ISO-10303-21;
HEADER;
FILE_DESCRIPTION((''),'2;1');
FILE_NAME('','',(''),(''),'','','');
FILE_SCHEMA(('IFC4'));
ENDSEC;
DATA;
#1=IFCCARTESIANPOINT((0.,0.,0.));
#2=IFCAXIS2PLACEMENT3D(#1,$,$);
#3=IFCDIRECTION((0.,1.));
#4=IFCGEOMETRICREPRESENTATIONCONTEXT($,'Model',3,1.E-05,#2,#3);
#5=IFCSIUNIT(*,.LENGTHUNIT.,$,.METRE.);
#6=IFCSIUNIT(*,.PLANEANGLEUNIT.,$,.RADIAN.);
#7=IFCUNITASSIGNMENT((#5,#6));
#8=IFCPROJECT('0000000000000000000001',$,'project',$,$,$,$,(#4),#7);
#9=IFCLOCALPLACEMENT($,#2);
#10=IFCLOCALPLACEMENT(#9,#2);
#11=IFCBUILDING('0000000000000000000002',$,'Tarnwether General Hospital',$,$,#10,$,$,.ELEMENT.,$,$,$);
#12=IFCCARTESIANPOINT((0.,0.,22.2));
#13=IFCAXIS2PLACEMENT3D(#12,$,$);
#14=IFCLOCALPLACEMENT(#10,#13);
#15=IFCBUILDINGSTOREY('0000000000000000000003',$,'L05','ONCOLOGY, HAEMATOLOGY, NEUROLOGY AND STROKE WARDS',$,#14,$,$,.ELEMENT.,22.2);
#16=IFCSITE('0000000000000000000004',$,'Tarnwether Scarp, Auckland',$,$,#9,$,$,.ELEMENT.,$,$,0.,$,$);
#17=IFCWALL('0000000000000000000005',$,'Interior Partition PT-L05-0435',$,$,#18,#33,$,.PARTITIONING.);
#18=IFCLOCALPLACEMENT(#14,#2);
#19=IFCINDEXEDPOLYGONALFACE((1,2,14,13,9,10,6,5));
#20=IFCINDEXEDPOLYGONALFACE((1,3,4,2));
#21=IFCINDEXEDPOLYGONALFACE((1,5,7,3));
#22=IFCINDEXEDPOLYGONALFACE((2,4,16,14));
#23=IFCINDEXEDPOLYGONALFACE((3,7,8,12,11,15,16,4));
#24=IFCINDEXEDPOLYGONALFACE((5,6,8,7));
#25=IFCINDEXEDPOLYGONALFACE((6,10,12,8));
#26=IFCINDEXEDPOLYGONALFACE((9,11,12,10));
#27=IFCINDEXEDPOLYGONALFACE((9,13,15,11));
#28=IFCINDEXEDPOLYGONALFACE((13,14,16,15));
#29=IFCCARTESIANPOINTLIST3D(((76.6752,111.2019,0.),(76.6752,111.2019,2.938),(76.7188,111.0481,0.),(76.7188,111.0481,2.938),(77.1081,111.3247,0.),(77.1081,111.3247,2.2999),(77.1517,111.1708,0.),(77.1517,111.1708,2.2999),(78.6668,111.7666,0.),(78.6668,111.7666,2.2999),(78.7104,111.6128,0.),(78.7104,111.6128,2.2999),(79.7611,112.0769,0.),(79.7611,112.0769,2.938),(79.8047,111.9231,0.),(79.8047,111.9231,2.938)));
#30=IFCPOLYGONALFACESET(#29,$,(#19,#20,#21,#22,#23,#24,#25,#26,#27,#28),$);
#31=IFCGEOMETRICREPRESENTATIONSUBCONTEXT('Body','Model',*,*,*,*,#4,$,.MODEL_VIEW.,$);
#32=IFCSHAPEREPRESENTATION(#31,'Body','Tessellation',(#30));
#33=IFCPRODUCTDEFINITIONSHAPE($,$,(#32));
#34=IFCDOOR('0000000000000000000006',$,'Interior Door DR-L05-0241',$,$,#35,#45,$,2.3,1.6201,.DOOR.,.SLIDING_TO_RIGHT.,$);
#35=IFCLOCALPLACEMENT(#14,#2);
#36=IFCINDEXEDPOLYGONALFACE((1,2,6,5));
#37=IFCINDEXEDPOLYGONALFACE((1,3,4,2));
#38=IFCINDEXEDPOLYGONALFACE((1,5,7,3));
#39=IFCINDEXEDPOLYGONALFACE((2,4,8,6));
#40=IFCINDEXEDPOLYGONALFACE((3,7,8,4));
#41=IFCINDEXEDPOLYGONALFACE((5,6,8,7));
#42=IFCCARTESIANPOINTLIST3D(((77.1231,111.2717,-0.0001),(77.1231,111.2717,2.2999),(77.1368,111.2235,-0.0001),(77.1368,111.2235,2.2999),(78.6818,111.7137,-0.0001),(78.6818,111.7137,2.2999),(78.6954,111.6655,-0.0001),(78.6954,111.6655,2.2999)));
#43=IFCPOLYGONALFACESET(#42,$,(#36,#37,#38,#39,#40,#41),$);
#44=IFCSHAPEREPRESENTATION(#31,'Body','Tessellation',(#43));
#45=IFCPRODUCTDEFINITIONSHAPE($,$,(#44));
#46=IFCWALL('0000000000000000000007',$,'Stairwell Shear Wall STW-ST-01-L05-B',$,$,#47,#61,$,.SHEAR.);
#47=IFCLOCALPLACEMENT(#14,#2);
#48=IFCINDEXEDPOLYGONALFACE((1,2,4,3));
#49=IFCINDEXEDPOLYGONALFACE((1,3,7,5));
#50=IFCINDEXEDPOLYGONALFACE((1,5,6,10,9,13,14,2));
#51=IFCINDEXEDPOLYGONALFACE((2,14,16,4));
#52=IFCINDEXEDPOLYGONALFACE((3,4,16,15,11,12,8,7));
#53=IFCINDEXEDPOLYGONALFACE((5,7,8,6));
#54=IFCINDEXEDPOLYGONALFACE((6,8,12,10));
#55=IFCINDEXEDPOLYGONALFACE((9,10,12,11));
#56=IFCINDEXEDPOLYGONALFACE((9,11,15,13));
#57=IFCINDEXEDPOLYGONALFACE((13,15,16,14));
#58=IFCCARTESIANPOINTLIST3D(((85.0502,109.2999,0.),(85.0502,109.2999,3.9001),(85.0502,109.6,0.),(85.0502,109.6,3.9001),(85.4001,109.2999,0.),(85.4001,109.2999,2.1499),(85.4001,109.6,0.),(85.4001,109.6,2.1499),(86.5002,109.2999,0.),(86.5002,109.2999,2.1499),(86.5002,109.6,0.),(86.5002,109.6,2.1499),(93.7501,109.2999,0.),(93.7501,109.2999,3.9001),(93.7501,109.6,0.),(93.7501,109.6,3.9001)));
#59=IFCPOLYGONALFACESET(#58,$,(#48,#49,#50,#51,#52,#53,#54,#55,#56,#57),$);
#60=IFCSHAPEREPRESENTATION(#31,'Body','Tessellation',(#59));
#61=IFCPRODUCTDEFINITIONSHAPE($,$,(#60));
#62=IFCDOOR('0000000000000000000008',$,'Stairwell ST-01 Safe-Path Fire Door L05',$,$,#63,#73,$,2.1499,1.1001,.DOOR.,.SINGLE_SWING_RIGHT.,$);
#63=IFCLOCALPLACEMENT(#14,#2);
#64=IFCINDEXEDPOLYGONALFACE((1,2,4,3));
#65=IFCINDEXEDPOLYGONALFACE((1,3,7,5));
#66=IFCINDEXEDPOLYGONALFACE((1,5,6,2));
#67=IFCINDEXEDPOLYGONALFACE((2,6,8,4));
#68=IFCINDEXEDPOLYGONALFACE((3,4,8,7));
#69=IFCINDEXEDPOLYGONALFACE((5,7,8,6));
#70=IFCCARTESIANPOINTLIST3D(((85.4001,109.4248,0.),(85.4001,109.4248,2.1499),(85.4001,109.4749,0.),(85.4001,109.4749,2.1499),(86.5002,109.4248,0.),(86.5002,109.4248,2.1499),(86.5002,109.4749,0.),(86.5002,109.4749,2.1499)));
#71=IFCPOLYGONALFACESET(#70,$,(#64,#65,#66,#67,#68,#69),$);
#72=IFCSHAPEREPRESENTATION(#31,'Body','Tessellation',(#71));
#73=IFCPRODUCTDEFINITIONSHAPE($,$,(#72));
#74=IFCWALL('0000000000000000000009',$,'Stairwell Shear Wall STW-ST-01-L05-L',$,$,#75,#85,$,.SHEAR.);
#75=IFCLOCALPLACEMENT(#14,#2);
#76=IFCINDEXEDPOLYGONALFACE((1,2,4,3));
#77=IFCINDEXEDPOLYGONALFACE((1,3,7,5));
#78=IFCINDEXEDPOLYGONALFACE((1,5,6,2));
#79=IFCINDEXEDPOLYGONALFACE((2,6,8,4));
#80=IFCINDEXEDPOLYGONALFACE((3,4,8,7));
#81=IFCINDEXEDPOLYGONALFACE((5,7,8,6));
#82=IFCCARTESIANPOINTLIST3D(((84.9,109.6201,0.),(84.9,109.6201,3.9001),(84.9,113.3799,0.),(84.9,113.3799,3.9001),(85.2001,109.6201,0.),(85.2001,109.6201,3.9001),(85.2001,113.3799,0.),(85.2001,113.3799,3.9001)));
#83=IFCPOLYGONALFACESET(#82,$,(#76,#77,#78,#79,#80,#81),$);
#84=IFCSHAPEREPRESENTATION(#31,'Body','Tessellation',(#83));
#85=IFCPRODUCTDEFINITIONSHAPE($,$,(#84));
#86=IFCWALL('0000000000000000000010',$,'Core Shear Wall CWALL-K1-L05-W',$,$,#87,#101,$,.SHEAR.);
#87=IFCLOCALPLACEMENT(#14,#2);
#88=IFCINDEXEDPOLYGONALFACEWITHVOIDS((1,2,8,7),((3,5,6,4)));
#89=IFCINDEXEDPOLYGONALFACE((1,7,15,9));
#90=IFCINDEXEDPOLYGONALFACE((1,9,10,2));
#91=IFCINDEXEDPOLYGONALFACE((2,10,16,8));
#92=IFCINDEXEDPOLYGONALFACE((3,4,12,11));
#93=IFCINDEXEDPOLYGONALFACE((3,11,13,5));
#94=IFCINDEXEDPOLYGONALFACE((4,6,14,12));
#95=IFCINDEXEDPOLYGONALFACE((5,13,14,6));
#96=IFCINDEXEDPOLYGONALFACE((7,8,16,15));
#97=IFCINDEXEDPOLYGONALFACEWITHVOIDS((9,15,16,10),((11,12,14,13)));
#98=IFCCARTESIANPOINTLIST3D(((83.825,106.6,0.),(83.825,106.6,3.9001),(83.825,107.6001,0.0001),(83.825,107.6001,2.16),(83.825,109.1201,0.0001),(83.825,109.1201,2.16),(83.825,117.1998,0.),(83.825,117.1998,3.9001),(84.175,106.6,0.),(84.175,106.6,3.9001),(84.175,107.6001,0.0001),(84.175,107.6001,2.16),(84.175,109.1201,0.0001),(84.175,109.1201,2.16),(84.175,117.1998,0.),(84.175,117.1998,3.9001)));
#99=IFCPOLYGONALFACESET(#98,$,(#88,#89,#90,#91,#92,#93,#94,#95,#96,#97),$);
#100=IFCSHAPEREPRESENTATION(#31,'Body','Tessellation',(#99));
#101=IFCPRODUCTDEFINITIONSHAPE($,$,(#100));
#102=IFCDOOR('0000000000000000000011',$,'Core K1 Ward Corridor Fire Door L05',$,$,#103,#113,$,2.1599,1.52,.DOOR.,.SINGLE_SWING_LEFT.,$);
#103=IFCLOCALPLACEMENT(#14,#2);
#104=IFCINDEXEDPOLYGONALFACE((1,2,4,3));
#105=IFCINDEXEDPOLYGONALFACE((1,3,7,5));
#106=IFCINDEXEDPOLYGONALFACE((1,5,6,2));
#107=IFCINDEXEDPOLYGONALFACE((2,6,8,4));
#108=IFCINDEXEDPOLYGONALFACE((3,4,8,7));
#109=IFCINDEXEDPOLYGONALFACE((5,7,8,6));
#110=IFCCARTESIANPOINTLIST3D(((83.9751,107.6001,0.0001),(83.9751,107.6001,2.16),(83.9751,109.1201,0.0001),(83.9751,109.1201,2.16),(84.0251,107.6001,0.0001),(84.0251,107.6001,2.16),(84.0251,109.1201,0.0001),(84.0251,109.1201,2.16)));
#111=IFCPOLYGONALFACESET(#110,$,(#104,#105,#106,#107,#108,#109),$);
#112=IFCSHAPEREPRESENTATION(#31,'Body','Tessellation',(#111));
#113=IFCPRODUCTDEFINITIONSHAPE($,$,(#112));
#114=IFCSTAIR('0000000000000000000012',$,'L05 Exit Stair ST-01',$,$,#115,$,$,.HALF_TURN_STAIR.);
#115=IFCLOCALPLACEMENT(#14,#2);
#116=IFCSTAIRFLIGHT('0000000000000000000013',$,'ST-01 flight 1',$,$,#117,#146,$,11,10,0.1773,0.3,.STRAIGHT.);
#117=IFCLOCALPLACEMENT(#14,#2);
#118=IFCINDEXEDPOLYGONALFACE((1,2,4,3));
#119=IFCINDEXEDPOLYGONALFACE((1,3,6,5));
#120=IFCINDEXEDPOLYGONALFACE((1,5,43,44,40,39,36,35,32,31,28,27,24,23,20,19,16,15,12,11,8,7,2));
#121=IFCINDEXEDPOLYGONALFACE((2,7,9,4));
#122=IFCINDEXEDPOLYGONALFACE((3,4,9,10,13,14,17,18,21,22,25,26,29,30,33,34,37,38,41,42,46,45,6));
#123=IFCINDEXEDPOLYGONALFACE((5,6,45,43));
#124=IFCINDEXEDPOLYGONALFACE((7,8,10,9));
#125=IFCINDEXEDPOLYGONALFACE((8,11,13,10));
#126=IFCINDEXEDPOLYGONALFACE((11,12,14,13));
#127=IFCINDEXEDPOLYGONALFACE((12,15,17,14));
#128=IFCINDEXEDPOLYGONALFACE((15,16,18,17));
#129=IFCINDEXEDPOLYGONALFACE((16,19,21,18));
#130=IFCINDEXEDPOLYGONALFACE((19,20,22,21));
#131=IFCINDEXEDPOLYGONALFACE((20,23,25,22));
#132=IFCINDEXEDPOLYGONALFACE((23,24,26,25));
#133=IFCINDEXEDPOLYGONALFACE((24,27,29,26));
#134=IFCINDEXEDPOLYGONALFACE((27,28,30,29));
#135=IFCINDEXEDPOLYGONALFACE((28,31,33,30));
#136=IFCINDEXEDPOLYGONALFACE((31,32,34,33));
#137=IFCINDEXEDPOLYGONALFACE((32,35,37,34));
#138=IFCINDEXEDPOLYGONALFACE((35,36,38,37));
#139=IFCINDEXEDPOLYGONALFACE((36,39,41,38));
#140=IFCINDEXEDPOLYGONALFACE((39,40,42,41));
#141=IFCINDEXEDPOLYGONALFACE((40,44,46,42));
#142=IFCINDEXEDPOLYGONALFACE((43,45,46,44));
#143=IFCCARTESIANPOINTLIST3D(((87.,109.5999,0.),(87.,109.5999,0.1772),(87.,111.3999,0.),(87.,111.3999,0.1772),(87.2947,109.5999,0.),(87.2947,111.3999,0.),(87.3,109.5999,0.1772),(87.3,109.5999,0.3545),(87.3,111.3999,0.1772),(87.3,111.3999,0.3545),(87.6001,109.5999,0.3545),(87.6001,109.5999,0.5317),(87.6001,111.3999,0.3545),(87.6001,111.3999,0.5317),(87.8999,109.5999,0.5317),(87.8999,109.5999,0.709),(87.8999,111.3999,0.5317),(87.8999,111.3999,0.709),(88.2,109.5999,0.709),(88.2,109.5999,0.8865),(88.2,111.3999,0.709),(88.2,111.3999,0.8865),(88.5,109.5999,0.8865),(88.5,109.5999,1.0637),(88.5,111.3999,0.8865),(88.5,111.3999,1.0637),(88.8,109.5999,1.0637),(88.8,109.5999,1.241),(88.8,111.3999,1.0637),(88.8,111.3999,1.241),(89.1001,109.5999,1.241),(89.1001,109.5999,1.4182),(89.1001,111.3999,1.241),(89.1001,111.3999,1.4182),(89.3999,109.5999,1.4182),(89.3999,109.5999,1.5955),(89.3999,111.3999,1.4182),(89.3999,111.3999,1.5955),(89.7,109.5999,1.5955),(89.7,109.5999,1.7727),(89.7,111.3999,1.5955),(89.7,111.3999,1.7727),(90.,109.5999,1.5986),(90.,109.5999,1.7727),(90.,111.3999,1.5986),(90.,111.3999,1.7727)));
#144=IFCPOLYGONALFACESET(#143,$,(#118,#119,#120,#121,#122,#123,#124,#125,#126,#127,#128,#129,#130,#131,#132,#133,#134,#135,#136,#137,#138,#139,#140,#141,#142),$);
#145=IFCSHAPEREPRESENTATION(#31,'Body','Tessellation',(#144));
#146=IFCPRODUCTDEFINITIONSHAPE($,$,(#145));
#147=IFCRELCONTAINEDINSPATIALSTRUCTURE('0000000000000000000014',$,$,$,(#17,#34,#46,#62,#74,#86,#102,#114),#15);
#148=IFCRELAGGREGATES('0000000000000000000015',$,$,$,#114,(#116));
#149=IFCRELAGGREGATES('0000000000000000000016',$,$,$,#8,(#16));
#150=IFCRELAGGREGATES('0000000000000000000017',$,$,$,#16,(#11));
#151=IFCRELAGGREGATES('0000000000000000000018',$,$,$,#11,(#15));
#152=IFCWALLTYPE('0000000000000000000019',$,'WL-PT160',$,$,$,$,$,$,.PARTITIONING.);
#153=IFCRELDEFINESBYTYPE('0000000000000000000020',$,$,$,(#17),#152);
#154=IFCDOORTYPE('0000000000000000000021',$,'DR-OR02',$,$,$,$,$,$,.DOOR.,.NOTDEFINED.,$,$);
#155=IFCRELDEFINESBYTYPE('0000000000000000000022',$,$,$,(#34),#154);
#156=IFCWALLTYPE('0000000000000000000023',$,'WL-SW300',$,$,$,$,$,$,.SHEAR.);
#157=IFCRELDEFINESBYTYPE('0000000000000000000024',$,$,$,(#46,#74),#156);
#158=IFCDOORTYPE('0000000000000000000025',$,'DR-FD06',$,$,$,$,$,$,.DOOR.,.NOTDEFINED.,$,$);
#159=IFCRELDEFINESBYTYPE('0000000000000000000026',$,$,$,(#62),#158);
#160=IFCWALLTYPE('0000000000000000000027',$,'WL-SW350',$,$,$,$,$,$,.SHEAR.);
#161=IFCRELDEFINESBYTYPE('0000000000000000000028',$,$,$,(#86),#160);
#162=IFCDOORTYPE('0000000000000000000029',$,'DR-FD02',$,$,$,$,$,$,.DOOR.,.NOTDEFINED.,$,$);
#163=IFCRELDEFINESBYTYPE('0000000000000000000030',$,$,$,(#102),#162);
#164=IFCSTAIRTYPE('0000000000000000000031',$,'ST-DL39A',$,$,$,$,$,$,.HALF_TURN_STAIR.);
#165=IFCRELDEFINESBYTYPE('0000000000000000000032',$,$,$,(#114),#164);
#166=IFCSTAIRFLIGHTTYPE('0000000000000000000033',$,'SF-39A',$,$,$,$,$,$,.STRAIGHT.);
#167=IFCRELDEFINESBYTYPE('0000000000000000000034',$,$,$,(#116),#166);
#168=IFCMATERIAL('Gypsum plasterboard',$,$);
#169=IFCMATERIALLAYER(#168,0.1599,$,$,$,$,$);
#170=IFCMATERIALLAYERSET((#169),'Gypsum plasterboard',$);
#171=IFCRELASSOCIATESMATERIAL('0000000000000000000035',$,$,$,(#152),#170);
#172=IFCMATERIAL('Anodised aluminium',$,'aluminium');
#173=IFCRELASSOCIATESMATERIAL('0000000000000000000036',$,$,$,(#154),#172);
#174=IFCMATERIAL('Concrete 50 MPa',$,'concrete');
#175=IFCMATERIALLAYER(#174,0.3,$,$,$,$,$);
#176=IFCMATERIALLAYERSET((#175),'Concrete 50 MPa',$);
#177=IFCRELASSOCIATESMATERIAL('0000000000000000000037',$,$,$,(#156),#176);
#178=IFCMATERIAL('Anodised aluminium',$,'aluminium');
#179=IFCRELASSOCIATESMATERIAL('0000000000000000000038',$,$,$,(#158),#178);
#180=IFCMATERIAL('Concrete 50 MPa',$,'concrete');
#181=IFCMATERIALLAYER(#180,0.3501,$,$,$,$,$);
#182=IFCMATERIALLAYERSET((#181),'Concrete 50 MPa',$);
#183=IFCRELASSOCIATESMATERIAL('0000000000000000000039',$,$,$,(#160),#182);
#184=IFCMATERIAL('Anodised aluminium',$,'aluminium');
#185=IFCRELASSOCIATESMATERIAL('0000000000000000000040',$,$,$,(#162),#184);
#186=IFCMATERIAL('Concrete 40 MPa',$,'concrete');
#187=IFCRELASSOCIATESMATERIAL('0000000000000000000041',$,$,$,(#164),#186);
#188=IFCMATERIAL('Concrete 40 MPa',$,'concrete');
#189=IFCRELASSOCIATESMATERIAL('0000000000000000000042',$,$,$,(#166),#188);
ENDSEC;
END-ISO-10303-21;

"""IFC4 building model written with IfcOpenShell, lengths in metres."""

from ifc_helpers import new_model, si_unit, direction, frame, frame_2d, origin, place, context, subcontext, project, spatial, polyline, rectangle, outline, extrude, material, layer, layer_set, type_object, element, fill, aggregate, save


model = new_model("IFC4")

# Units and contexts
model_context = context("Model", 3, precision=1e-05, world=origin(), true_north=direction((0.0, 1.0)))
body_context = subcontext(model_context, "Body", "Model", "MODEL_VIEW")
ifc_project = project(units=[si_unit("LENGTHUNIT", "METRE"), si_unit("PLANEANGLEUNIT", "RADIAN")], contexts=[model_context])

# Site, building, storey
site_placement = place(None, origin())
site = spatial("IfcSite", under=ifc_project, at=site_placement, Name="Tarnwether Scarp, Auckland", CompositionType="ELEMENT", RefElevation=0.0)
building_placement = place(site_placement, origin())
building = spatial("IfcBuilding", under=site, at=building_placement, Name="Tarnwether General Hospital", CompositionType="ELEMENT")
storey_placement = place(building_placement, frame((0.0, 0.0, 22.2)))
storey = spatial("IfcBuildingStorey", under=building, at=storey_placement, Name="L05", Description="ONCOLOGY, HAEMATOLOGY, NEUROLOGY AND STROKE WARDS", CompositionType="ELEMENT", Elevation=22.2)

# Walls, openings, doors
ifc_material_1 = material(Name="Gypsum plasterboard")
ifc_layer_1 = layer(ifc_material_1, 0.1599)
ifc_layer_set_1 = layer_set([ifc_layer_1], Name="Gypsum plasterboard")
wall_type_1 = type_object("IfcWallType", Name="WL-PT160", PredefinedType="PARTITIONING", material=ifc_layer_set_1)
wall_1_placement = place(storey_placement, frame((76.697, 111.125, 0.0), z_axis=(0.0, 0.0, 1.0), x_axis=(0.962073, 0.27279, 0.0)))
wall_1 = element("IfcWall", 1, at=wall_1_placement, inside=storey, type_object=wall_type_1, Name="Interior Partition PT-L05-0435", PredefinedType="PARTITIONING", context=body_context, shape_type="SweptSolid", body=[
    extrude(rectangle(XDim=3.2075, YDim=0.1599, at=frame_2d((1.6038, 0.0))), origin(), (0.0, 0.0, 1.0), 2.938),
])
opening_1_placement = place(wall_1_placement, frame((0.45, 0.0, 0.0)))
opening_1 = element("IfcOpeningElement", 2, at=opening_1_placement, cuts=wall_1, PredefinedType="OPENING", context=body_context, shape_type="SweptSolid", body=[
    extrude(rectangle(XDim=1.6201, YDim=2.3, at=frame_2d((0.8101, 1.1499))), frame((0.0, 0.0898, 0.0), z_axis=(0.0, -1.0, 0.0), x_axis=(1.0, 0.0, 0.0)), (0.0, 0.0, 1.0), 0.1799),
])
ifc_material_2 = material(Name="Anodised aluminium", Category="aluminium")
door_type_1 = type_object("IfcDoorType", Name="DR-OR02", OperationType="NOTDEFINED", PredefinedType="DOOR", material=ifc_material_2)
door_1_placement = place(opening_1_placement, origin())
door_1 = element("IfcDoor", 3, at=door_1_placement, inside=storey, type_object=door_type_1, Name="Interior Door DR-L05-0241", OperationType="SLIDING_TO_RIGHT", OverallHeight=2.3, OverallWidth=1.6201, PredefinedType="DOOR", context=body_context, shape_type="SweptSolid", body=[
    extrude(rectangle(XDim=1.6201, YDim=2.3, at=frame_2d((0.8101, 1.1499))), frame((0.0, 0.0249, 0.0), z_axis=(0.0, -1.0, 0.0), x_axis=(1.0, 0.0, 0.0)), (0.0, 0.0, 1.0), 0.05),
])
fill(opening_1, door_1)
ifc_material_3 = material(Name="Concrete 50 MPa", Category="concrete")
ifc_layer_2 = layer(ifc_material_3, 0.3)
ifc_layer_set_2 = layer_set([ifc_layer_2], Name="Concrete 50 MPa")
wall_type_2 = type_object("IfcWallType", Name="WL-SW300", PredefinedType="SHEAR", material=ifc_layer_set_2)
wall_2_placement = place(storey_placement, frame((85.05, 109.45, 0.0), z_axis=(0.0, 0.0, 1.0), x_axis=(1.0, 0.0, 0.0)))
wall_2 = element("IfcWall", 4, at=wall_2_placement, inside=storey, type_object=wall_type_2, Name="Stairwell Shear Wall STW-ST-01-L05-B", PredefinedType="SHEAR", context=body_context, shape_type="SweptSolid", body=[
    extrude(rectangle(XDim=8.7, YDim=0.3, at=frame_2d((4.3501, 0.0))), origin(), (0.0, 0.0, 1.0), 3.9001),
])
opening_2_placement = place(wall_2_placement, frame((0.3501, 0.0, 0.0)))
opening_2 = element("IfcOpeningElement", 5, at=opening_2_placement, cuts=wall_2, PredefinedType="OPENING", context=body_context, shape_type="SweptSolid", body=[
    extrude(rectangle(XDim=1.1001, YDim=2.1499, at=frame_2d((0.55, 1.075))), frame((0.0, 0.1602, 0.0), z_axis=(0.0, -1.0, 0.0), x_axis=(1.0, 0.0, 0.0)), (0.0, 0.0, 1.0), 0.3201),
])
ifc_material_4 = material(Name="Anodised aluminium", Category="aluminium")
door_type_2 = type_object("IfcDoorType", Name="DR-FD06", OperationType="NOTDEFINED", PredefinedType="DOOR", material=ifc_material_4)
door_2_placement = place(opening_2_placement, origin())
door_2 = element("IfcDoor", 6, at=door_2_placement, inside=storey, type_object=door_type_2, Name="Stairwell ST-01 Safe-Path Fire Door L05", OperationType="SINGLE_SWING_RIGHT", OverallHeight=2.1499, OverallWidth=1.1001, PredefinedType="DOOR", context=body_context, shape_type="SweptSolid", body=[
    extrude(rectangle(XDim=1.1001, YDim=2.1499, at=frame_2d((0.55, 1.075))), frame((0.0, 0.0249, 0.0), z_axis=(0.0, -1.0, 0.0), x_axis=(1.0, 0.0, 0.0)), (0.0, 0.0, 1.0), 0.05),
])
fill(opening_2, door_2)

# Wall
wall_3_placement = place(storey_placement, frame((85.05, 109.6201, 0.0), z_axis=(0.0, 0.0, 1.0), x_axis=(0.0, 1.0, 0.0)))
element("IfcWall", 7, at=wall_3_placement, inside=storey, type_object=wall_type_2, Name="Stairwell Shear Wall STW-ST-01-L05-L", PredefinedType="SHEAR", context=body_context, shape_type="SweptSolid", body=[
    extrude(rectangle(XDim=3.7598, YDim=0.3, at=frame_2d((1.8799, 0.0))), origin(), (0.0, 0.0, 1.0), 3.9001),
])

# Wall, opening, door
ifc_material_5 = material(Name="Concrete 50 MPa", Category="concrete")
ifc_layer_3 = layer(ifc_material_5, 0.3501)
ifc_layer_set_3 = layer_set([ifc_layer_3], Name="Concrete 50 MPa")
wall_type_3 = type_object("IfcWallType", Name="WL-SW350", PredefinedType="SHEAR", material=ifc_layer_set_3)
wall_4_placement = place(storey_placement, frame((84.0, 106.6001, 0.0), z_axis=(0.0, 0.0, 1.0), x_axis=(0.0, 1.0, 0.0)))
wall_4 = element("IfcWall", 8, at=wall_4_placement, inside=storey, type_object=wall_type_3, Name="Core Shear Wall CWALL-K1-L05-W", PredefinedType="SHEAR", context=body_context, shape_type="SweptSolid", body=[
    extrude(rectangle(XDim=10.5999, YDim=0.3501, at=frame_2d((5.2998, 0.0))), origin(), (0.0, 0.0, 1.0), 3.9001),
])
opening_3_placement = place(wall_4_placement, frame((1.0, 0.0, 0.0)))
opening_3 = element("IfcOpeningElement", 9, at=opening_3_placement, cuts=wall_4, PredefinedType="OPENING", context=body_context, shape_type="SweptSolid", body=[
    extrude(rectangle(XDim=1.52, YDim=2.1599, at=frame_2d((0.76, 1.0801))), frame((0.0, 0.1851, 0.0), z_axis=(0.0, -1.0, 0.0), x_axis=(1.0, 0.0, 0.0)), (0.0, 0.0, 1.0), 0.3701),
])
ifc_material_6 = material(Name="Anodised aluminium", Category="aluminium")
door_type_3 = type_object("IfcDoorType", Name="DR-FD02", OperationType="NOTDEFINED", PredefinedType="DOOR", material=ifc_material_6)
door_3_placement = place(opening_3_placement, origin())
door_3 = element("IfcDoor", 10, at=door_3_placement, inside=storey, type_object=door_type_3, Name="Core K1 Ward Corridor Fire Door L05", OperationType="SINGLE_SWING_LEFT", OverallHeight=2.1599, OverallWidth=1.52, PredefinedType="DOOR", context=body_context, shape_type="SweptSolid", body=[
    extrude(rectangle(XDim=1.52, YDim=2.1599, at=frame_2d((0.76, 1.0801))), frame((0.0, 0.0249, 0.0), z_axis=(0.0, -1.0, 0.0), x_axis=(1.0, 0.0, 0.0)), (0.0, 0.0, 1.0), 0.05),
])
fill(opening_3, door_3)

# Stair, stair flight
ifc_material_7 = material(Name="Concrete 40 MPa", Category="concrete")
stair_type = type_object("IfcStairType", Name="ST-DL39A", PredefinedType="HALF_TURN_STAIR", material=ifc_material_7)
stair_placement = place(storey_placement, origin())
stair = element("IfcStair", 11, at=stair_placement, inside=storey, type_object=stair_type, Name="L05 Exit Stair ST-01", PredefinedType="HALF_TURN_STAIR")
ifc_material_8 = material(Name="Concrete 40 MPa", Category="concrete")
stair_flight_type = type_object("IfcStairFlightType", Name="SF-39A", PredefinedType="STRAIGHT", material=ifc_material_8)
stair_flight_placement = place(storey_placement, frame((87.0, 110.5, 0.0), z_axis=(0.0, 0.0, 1.0), x_axis=(1.0, 0.0, 0.0)))
stair_flight = element("IfcStairFlight", 12, at=stair_flight_placement, type_object=stair_flight_type, Name="ST-01 flight 1", NumberOfRisers=11, NumberOfTreads=10, PredefinedType="STRAIGHT", RiserHeight=0.1773, TreadLength=0.3, context=body_context, shape_type="SweptSolid", body=[
    extrude(outline(polyline([(0.0, 0.0), (0.0, 0.1772), (0.3, 0.1772), (0.3, 0.3545), (0.6001, 0.3545), (0.6001, 0.5317), (0.8999, 0.5317), (0.8999, 0.709), (1.2, 0.709), (1.2, 0.8865), (1.5, 0.8865), (1.5, 1.0637), (1.8, 1.0637), (1.8, 1.241), (2.1001, 1.241), (2.1001, 1.4182), (2.3999, 1.4182), (2.3999, 1.5955), (2.7, 1.5955), (2.7, 1.7727), (3.0, 1.7727), (3.0, 1.95), (3.0, 1.5986), (0.2947, 0.0), (0.0, 0.0)])), frame((0.0, 0.8999, 0.0), z_axis=(0.0, -1.0, 0.0), x_axis=(1.0, 0.0, 0.0)), (0.0, 0.0, 1.0), 1.8),
])
aggregate(stair, [stair_flight])

save(model, "model.ifc")
